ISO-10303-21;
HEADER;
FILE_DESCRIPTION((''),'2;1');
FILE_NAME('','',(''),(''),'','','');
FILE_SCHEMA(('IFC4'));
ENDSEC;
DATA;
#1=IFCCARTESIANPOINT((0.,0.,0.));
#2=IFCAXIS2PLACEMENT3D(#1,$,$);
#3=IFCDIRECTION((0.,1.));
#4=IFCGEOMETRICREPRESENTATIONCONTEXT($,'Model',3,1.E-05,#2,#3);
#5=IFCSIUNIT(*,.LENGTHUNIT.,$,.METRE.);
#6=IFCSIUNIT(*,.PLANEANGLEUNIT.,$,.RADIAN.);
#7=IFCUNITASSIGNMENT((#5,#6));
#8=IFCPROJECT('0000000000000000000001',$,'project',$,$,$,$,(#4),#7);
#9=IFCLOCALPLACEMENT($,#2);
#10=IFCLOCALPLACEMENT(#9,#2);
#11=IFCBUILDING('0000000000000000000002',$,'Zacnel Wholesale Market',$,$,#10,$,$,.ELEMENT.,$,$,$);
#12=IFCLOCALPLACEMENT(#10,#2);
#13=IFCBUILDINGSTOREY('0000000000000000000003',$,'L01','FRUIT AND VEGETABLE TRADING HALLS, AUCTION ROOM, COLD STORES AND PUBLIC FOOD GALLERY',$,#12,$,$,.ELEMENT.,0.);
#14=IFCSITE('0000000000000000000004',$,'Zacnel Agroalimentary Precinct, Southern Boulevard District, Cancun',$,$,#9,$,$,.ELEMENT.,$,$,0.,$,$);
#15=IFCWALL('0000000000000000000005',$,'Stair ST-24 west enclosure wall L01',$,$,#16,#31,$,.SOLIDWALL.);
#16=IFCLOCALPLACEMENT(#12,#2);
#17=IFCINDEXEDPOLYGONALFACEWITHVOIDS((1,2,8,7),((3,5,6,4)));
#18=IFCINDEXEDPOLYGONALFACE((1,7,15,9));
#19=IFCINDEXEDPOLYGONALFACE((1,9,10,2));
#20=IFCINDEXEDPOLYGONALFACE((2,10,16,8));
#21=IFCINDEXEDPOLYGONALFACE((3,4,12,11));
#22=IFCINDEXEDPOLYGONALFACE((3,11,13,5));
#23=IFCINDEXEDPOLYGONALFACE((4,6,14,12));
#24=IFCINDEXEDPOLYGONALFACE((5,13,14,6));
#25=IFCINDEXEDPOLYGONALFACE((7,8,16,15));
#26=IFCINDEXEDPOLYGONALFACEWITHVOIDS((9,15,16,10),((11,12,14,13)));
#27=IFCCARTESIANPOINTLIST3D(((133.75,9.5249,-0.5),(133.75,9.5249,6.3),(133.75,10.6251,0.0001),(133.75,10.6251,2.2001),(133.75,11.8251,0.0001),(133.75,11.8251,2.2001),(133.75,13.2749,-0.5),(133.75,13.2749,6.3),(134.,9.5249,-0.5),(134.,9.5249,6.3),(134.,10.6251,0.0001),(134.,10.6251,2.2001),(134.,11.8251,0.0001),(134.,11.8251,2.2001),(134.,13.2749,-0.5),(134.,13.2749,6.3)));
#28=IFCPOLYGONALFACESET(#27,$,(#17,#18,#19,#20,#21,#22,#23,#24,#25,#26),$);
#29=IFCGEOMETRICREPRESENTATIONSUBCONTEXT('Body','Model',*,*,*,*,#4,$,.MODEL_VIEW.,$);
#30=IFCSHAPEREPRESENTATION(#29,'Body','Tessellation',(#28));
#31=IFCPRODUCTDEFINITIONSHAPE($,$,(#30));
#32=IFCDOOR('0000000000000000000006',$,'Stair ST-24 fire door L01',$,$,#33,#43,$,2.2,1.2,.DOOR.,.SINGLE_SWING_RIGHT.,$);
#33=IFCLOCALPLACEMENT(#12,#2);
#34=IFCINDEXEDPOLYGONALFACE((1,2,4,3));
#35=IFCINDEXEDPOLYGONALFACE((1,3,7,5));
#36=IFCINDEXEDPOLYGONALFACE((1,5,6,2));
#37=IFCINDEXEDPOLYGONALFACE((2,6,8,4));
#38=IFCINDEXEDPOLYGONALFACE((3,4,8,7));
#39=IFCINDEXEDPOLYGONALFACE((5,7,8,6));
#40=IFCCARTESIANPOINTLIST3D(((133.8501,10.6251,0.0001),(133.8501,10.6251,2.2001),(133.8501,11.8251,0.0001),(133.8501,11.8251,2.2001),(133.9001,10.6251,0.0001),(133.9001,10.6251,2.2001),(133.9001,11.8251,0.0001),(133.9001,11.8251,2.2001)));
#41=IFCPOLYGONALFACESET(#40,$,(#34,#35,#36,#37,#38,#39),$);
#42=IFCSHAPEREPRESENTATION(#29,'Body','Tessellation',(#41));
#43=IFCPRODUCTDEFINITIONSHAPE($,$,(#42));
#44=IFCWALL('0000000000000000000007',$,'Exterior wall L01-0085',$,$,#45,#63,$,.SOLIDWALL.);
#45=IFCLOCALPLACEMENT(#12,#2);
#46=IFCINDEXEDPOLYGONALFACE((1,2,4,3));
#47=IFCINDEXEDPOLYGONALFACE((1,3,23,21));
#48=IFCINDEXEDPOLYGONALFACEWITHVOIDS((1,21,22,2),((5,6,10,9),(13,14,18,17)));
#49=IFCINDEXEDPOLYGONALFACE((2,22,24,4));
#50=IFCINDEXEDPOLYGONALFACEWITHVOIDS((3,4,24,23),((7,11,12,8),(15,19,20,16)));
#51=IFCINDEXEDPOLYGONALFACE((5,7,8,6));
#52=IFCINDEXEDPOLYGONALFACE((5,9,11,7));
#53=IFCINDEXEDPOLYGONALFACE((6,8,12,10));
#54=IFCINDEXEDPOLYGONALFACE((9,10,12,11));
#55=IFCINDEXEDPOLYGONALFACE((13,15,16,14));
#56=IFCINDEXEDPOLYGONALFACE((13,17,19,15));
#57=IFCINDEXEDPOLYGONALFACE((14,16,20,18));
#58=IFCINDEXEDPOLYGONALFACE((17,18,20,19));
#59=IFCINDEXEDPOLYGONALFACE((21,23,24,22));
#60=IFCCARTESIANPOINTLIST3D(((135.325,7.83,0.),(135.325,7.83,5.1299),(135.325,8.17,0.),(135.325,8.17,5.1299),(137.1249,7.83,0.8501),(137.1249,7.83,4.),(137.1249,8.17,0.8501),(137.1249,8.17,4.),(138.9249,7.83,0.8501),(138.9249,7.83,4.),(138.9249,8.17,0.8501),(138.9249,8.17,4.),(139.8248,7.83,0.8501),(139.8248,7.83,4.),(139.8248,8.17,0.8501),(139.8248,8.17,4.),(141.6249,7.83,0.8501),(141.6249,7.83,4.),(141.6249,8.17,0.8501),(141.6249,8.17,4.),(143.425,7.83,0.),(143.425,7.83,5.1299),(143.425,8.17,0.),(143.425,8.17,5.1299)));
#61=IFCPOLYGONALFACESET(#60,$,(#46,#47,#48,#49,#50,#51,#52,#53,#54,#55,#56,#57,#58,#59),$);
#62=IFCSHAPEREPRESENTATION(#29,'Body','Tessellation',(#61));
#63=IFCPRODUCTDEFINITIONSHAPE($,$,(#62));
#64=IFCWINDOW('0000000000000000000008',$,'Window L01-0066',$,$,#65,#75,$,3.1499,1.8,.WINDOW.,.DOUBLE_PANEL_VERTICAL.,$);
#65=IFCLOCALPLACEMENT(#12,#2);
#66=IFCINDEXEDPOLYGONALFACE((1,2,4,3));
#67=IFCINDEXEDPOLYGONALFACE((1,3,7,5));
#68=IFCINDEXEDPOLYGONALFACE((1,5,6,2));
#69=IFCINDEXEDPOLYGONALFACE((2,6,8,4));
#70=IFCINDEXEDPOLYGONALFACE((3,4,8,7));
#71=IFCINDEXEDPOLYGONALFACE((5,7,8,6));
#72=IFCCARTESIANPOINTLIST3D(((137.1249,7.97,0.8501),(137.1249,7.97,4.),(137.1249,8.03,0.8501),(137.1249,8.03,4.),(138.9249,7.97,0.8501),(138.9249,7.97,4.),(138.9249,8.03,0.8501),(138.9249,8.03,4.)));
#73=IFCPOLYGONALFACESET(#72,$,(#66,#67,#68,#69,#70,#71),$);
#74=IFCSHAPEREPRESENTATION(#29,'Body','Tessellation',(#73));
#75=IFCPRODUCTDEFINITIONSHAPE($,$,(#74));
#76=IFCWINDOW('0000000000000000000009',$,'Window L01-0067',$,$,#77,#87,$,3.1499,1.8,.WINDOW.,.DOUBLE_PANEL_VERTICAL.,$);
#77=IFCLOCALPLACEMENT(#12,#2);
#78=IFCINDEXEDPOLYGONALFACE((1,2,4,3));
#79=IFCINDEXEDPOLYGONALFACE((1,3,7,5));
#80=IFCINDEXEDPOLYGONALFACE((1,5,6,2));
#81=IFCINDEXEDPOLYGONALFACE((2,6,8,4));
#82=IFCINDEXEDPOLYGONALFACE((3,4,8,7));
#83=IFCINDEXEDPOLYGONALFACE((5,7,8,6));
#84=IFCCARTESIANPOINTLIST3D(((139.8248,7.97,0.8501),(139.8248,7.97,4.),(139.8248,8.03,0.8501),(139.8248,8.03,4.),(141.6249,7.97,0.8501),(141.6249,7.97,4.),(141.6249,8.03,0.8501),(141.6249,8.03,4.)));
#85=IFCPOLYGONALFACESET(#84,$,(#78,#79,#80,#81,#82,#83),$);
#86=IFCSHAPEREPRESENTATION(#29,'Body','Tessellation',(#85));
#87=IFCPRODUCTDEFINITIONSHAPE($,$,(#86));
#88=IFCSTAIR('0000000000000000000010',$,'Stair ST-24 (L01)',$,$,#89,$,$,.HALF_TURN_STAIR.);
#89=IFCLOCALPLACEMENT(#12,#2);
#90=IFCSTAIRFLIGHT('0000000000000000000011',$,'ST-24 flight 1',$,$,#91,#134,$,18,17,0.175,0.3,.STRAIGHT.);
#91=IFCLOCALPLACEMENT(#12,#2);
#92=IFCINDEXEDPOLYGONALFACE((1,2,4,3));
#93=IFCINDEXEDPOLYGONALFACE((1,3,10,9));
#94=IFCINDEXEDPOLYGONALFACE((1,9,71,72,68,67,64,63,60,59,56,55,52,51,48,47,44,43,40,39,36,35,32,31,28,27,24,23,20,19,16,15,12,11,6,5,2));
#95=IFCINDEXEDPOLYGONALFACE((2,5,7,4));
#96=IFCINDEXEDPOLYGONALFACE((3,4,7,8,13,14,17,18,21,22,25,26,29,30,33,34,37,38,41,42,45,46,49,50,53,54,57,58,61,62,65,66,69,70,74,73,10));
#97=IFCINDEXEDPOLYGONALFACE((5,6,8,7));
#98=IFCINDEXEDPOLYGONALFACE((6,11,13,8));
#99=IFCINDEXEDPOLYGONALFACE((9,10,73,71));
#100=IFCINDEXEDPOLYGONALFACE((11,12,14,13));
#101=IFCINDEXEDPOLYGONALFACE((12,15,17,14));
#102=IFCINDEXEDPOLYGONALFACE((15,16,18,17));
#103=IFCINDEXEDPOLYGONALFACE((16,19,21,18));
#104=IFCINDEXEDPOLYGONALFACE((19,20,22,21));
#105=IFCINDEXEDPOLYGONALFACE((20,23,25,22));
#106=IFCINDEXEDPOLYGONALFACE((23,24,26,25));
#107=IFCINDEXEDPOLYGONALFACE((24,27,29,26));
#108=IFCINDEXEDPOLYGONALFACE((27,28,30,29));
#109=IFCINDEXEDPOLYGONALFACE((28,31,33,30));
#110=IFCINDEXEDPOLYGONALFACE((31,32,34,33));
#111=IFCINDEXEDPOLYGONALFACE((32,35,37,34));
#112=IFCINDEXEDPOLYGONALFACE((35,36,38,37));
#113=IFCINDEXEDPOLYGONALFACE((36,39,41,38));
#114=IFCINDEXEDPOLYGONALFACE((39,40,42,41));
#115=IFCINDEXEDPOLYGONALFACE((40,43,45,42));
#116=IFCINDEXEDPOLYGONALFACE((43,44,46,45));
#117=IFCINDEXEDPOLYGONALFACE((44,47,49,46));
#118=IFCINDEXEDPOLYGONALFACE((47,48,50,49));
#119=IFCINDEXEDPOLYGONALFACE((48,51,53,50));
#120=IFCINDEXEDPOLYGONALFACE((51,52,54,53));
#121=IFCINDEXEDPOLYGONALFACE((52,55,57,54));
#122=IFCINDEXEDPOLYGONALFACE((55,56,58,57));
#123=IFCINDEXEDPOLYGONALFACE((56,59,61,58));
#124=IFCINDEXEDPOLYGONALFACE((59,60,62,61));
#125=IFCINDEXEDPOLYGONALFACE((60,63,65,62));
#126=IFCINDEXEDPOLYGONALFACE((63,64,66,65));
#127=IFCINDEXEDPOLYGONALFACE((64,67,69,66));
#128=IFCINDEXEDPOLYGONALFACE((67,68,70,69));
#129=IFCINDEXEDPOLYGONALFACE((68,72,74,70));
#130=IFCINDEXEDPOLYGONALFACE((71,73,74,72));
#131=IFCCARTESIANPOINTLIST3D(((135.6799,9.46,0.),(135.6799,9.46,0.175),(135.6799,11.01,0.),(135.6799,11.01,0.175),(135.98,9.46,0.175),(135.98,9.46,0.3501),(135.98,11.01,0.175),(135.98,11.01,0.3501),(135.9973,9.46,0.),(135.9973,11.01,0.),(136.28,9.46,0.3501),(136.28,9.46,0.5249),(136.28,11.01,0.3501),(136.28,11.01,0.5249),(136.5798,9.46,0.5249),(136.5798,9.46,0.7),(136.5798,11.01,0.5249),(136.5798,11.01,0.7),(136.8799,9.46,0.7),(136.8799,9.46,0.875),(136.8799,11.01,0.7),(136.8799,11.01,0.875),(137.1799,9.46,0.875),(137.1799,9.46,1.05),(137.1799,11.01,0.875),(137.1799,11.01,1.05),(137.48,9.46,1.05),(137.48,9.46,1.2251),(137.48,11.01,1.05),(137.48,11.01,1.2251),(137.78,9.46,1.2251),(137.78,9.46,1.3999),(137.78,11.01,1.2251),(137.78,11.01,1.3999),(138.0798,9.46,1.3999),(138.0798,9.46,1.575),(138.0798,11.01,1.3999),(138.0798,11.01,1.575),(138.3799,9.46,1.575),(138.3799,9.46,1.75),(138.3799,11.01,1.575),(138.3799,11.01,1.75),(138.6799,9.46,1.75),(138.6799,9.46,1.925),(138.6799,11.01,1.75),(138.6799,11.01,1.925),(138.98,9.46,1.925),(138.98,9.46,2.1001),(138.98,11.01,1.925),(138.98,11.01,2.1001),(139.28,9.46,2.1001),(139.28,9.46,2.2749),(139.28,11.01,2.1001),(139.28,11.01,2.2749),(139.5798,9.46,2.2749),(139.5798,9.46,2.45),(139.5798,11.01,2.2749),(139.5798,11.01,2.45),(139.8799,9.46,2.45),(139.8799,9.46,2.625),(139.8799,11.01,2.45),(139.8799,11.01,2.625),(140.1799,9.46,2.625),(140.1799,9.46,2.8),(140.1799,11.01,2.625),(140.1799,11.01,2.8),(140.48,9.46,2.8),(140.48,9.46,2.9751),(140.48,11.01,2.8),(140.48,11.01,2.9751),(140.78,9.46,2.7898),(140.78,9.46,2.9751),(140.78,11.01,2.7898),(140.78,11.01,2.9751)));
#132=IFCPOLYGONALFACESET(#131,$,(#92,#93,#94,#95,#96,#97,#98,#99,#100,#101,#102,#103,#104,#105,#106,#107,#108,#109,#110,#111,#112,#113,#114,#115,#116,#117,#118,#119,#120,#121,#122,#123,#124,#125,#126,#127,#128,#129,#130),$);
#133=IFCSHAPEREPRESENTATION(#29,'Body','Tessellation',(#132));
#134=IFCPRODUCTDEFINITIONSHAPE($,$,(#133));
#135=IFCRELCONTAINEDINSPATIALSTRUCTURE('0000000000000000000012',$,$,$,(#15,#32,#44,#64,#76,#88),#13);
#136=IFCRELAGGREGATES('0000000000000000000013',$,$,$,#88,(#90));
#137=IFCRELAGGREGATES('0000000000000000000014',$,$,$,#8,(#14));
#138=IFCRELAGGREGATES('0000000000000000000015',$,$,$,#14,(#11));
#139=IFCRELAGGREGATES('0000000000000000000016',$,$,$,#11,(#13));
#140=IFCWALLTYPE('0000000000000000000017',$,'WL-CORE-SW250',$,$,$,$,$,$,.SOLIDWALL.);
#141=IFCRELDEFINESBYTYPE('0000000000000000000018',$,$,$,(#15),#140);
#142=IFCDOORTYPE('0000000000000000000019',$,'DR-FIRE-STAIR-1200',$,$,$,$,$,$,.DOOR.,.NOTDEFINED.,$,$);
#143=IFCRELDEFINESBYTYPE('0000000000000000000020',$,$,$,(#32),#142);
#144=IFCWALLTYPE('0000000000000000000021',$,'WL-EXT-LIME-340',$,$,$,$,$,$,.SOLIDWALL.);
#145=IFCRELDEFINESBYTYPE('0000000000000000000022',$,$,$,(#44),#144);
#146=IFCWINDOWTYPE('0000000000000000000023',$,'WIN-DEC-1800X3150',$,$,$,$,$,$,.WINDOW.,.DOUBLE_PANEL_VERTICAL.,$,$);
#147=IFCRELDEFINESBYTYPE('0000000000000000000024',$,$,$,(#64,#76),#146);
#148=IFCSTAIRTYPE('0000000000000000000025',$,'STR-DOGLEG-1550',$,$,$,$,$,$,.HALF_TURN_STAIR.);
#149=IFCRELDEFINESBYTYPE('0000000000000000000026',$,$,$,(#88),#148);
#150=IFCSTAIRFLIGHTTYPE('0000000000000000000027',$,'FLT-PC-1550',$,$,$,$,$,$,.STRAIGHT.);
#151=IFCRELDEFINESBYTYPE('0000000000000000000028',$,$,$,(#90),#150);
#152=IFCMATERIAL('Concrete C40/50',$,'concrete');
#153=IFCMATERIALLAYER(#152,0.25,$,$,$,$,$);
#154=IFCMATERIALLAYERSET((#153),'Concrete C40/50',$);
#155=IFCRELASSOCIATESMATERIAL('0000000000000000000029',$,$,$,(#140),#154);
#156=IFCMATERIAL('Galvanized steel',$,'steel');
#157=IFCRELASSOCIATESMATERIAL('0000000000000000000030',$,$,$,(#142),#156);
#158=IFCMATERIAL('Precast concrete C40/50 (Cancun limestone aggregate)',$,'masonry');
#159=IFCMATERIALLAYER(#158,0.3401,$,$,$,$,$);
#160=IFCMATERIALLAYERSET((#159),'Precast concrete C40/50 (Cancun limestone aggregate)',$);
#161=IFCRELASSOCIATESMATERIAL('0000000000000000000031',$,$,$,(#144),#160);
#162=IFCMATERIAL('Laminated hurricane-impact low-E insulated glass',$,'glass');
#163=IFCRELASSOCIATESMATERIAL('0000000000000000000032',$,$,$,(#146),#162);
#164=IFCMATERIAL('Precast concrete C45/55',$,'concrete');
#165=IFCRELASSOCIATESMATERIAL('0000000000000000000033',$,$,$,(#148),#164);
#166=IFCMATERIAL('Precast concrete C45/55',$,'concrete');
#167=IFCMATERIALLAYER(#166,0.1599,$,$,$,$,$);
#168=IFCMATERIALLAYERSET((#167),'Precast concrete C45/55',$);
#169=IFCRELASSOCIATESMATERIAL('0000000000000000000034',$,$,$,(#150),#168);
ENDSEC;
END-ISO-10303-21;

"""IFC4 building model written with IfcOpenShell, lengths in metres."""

from ifc_helpers import new_model, si_unit, direction, frame, frame_2d, origin, place, context, subcontext, project, spatial, polyline, rectangle, outline, extrude, material, layer, layer_set, type_object, element, fill, aggregate, save


model = new_model("IFC4")

# Units and contexts
model_context = context("Model", 3, precision=1e-05, world=origin(), true_north=direction((0.0, 1.0)))
body_context = subcontext(model_context, "Body", "Model", "MODEL_VIEW")
ifc_project = project(units=[si_unit("LENGTHUNIT", "METRE"), si_unit("PLANEANGLEUNIT", "RADIAN")], contexts=[model_context])

# Site, building, storey
site_placement = place(None, origin())
site = spatial("IfcSite", under=ifc_project, at=site_placement, Name="Zacnel Agroalimentary Precinct, Southern Boulevard District, Cancun", CompositionType="ELEMENT", RefElevation=0.0)
building_placement = place(site_placement, origin())
building = spatial("IfcBuilding", under=site, at=building_placement, Name="Zacnel Wholesale Market", CompositionType="ELEMENT")
storey_placement = place(building_placement, origin())
storey = spatial("IfcBuildingStorey", under=building, at=storey_placement, Name="L01", Description="FRUIT AND VEGETABLE TRADING HALLS, AUCTION ROOM, COLD STORES AND PUBLIC FOOD GALLERY", CompositionType="ELEMENT", Elevation=0.0)

# Shared definitions
ifc_material_1 = material(Name="Concrete C40/50", Category="concrete")
ifc_layer_1 = layer(ifc_material_1, 0.25)
ifc_layer_set_1 = layer_set([ifc_layer_1], Name="Concrete C40/50")
wall_type_1 = type_object("IfcWallType", Name="WL-CORE-SW250", PredefinedType="SOLIDWALL", material=ifc_layer_set_1)

# Wall, opening, door
wall_1_placement = place(storey_placement, frame((133.875, 9.5249, -0.5), z_axis=(0.0, 0.0, 1.0), x_axis=(0.0, 1.0, 0.0)))
wall_1 = element("IfcWall", 1, at=wall_1_placement, inside=storey, type_object=wall_type_1, Name="Stair ST-24 west enclosure wall L01", PredefinedType="SOLIDWALL", context=body_context, shape_type="SweptSolid", body=[
    extrude(rectangle(XDim=3.75, YDim=0.25, at=frame_2d((1.875, 0.0))), origin(), (0.0, 0.0, 1.0), 6.8),
])
opening_1_placement = place(wall_1_placement, frame((1.1001, 0.0, 0.5)))
opening_1 = element("IfcOpeningElement", 2, at=opening_1_placement, cuts=wall_1, PredefinedType="OPENING", context=body_context, shape_type="SweptSolid", body=[
    extrude(rectangle(XDim=1.2, YDim=2.2, at=frame_2d((0.6001, 1.1001))), frame((0.0, 0.135, 0.0), z_axis=(0.0, -1.0, 0.0), x_axis=(1.0, 0.0, 0.0)), (0.0, 0.0, 1.0), 0.27),
])
ifc_material_2 = material(Name="Galvanized steel", Category="steel")
door_type = type_object("IfcDoorType", Name="DR-FIRE-STAIR-1200", OperationType="NOTDEFINED", PredefinedType="DOOR", material=ifc_material_2)
door_placement = place(opening_1_placement, origin())
door = element("IfcDoor", 3, at=door_placement, inside=storey, type_object=door_type, Name="Stair ST-24 fire door L01", OperationType="SINGLE_SWING_RIGHT", OverallHeight=2.2, OverallWidth=1.2, PredefinedType="DOOR", context=body_context, shape_type="SweptSolid", body=[
    extrude(rectangle(XDim=1.2, YDim=2.2, at=frame_2d((0.6001, 1.1001))), frame((0.0, 0.0249, 0.0), z_axis=(0.0, -1.0, 0.0), x_axis=(1.0, 0.0, 0.0)), (0.0, 0.0, 1.0), 0.05),
])
fill(opening_1, door)

# Wall, openings, windows
ifc_material_3 = material(Name="Precast concrete C40/50 (Cancun limestone aggregate)", Category="masonry")
ifc_layer_2 = layer(ifc_material_3, 0.3401)
ifc_layer_set_2 = layer_set([ifc_layer_2], Name="Precast concrete C40/50 (Cancun limestone aggregate)")
wall_type_2 = type_object("IfcWallType", Name="WL-EXT-LIME-340", PredefinedType="SOLIDWALL", material=ifc_layer_set_2)
wall_2_placement = place(storey_placement, frame((135.325, 8.0, 0.0), z_axis=(0.0, 0.0, 1.0), x_axis=(1.0, 0.0, 0.0)))
wall_2 = element("IfcWall", 4, at=wall_2_placement, inside=storey, type_object=wall_type_2, Name="Exterior wall L01-0085", PredefinedType="SOLIDWALL", context=body_context, shape_type="SweptSolid", body=[
    extrude(rectangle(XDim=8.1001, YDim=0.3401, at=frame_2d((4.05, 0.0))), origin(), (0.0, 0.0, 1.0), 5.1299),
])
opening_2_placement = place(wall_2_placement, frame((1.8, 0.0, 0.8501)))
opening_2 = element("IfcOpeningElement", 5, at=opening_2_placement, cuts=wall_2, PredefinedType="OPENING", context=body_context, shape_type="SweptSolid", body=[
    extrude(rectangle(XDim=1.8, YDim=3.1499, at=frame_2d((0.8999, 1.575))), frame((0.0, 0.1799, 0.0), z_axis=(0.0, -1.0, 0.0), x_axis=(1.0, 0.0, 0.0)), (0.0, 0.0, 1.0), 0.3601),
])
opening_3_placement = place(wall_2_placement, frame((4.5, 0.0, 0.8501)))
opening_3 = element("IfcOpeningElement", 6, at=opening_3_placement, cuts=wall_2, PredefinedType="OPENING", context=body_context, shape_type="SweptSolid", body=[
    extrude(rectangle(XDim=1.8, YDim=3.1499, at=frame_2d((0.8999, 1.575))), frame((0.0, 0.1799, 0.0), z_axis=(0.0, -1.0, 0.0), x_axis=(1.0, 0.0, 0.0)), (0.0, 0.0, 1.0), 0.3601),
])
ifc_material_4 = material(Name="Laminated hurricane-impact low-E insulated glass", Category="glass")
window_type = type_object("IfcWindowType", Name="WIN-DEC-1800X3150", PartitioningType="DOUBLE_PANEL_VERTICAL", PredefinedType="WINDOW", material=ifc_material_4)
window_1_placement = place(opening_2_placement, origin())
window_1 = element("IfcWindow", 7, at=window_1_placement, inside=storey, type_object=window_type, Name="Window L01-0066", OverallHeight=3.1499, OverallWidth=1.8, PartitioningType="DOUBLE_PANEL_VERTICAL", PredefinedType="WINDOW", context=body_context, shape_type="SweptSolid", body=[
    extrude(rectangle(XDim=1.8, YDim=3.1499, at=frame_2d((0.8999, 1.575))), frame((0.0, 0.03, 0.0), z_axis=(0.0, -1.0, 0.0), x_axis=(1.0, 0.0, 0.0)), (0.0, 0.0, 1.0), 0.0601),
])
fill(opening_2, window_1)
window_2_placement = place(opening_3_placement, origin())
window_2 = element("IfcWindow", 8, at=window_2_placement, inside=storey, type_object=window_type, Name="Window L01-0067", OverallHeight=3.1499, OverallWidth=1.8, PartitioningType="DOUBLE_PANEL_VERTICAL", PredefinedType="WINDOW", context=body_context, shape_type="SweptSolid", body=[
    extrude(rectangle(XDim=1.8, YDim=3.1499, at=frame_2d((0.8999, 1.575))), frame((0.0, 0.03, 0.0), z_axis=(0.0, -1.0, 0.0), x_axis=(1.0, 0.0, 0.0)), (0.0, 0.0, 1.0), 0.0601),
])
fill(opening_3, window_2)

# Stair, stair flight
ifc_material_5 = material(Name="Precast concrete C45/55", Category="concrete")
stair_type = type_object("IfcStairType", Name="STR-DOGLEG-1550", PredefinedType="HALF_TURN_STAIR", material=ifc_material_5)
stair_placement = place(storey_placement, origin())
stair = element("IfcStair", 9, at=stair_placement, inside=storey, type_object=stair_type, Name="Stair ST-24 (L01)", PredefinedType="HALF_TURN_STAIR")
ifc_material_6 = material(Name="Precast concrete C45/55", Category="concrete")
ifc_layer_3 = layer(ifc_material_6, 0.1599)
ifc_layer_set_3 = layer_set([ifc_layer_3], Name="Precast concrete C45/55")
stair_flight_type = type_object("IfcStairFlightType", Name="FLT-PC-1550", PredefinedType="STRAIGHT", material=ifc_layer_set_3)
stair_flight_placement = place(storey_placement, frame((135.6799, 10.2351, 0.0), z_axis=(0.0, 0.0, 1.0), x_axis=(1.0, 0.0, 0.0)))
stair_flight = element("IfcStairFlight", 10, at=stair_flight_placement, type_object=stair_flight_type, Name="ST-24 flight 1", NumberOfRisers=18, NumberOfTreads=17, PredefinedType="STRAIGHT", RiserHeight=0.175, TreadLength=0.3, context=body_context, shape_type="SweptSolid", body=[
    extrude(outline(polyline([(0.0, 0.0), (0.0, 0.175), (0.3, 0.175), (0.3, 0.3501), (0.6001, 0.3501), (0.6001, 0.5249), (0.8999, 0.5249), (0.8999, 0.7), (1.2, 0.7), (1.2, 0.875), (1.5, 0.875), (1.5, 1.05), (1.8, 1.05), (1.8, 1.2251), (2.1001, 1.2251), (2.1001, 1.3999), (2.3999, 1.3999), (2.3999, 1.575), (2.7, 1.575), (2.7, 1.75), (3.0, 1.75), (3.0, 1.925), (3.3, 1.925), (3.3, 2.1001), (3.6001, 2.1001), (3.6001, 2.2749), (3.8999, 2.2749), (3.8999, 2.45), (4.2, 2.45), (4.2, 2.625), (4.5, 2.625), (4.5, 2.8), (4.8, 2.8), (4.8, 2.9751), (5.1001, 2.9751), (5.1001, 3.1499), (5.1001, 2.7898), (0.3174, 0.0), (0.0, 0.0)])), frame((0.0, 0.7749, 0.0), z_axis=(0.0, -1.0, 0.0), x_axis=(1.0, 0.0, 0.0)), (0.0, 0.0, 1.0), 1.55),
])
aggregate(stair, [stair_flight])

save(model, "model.ifc")
